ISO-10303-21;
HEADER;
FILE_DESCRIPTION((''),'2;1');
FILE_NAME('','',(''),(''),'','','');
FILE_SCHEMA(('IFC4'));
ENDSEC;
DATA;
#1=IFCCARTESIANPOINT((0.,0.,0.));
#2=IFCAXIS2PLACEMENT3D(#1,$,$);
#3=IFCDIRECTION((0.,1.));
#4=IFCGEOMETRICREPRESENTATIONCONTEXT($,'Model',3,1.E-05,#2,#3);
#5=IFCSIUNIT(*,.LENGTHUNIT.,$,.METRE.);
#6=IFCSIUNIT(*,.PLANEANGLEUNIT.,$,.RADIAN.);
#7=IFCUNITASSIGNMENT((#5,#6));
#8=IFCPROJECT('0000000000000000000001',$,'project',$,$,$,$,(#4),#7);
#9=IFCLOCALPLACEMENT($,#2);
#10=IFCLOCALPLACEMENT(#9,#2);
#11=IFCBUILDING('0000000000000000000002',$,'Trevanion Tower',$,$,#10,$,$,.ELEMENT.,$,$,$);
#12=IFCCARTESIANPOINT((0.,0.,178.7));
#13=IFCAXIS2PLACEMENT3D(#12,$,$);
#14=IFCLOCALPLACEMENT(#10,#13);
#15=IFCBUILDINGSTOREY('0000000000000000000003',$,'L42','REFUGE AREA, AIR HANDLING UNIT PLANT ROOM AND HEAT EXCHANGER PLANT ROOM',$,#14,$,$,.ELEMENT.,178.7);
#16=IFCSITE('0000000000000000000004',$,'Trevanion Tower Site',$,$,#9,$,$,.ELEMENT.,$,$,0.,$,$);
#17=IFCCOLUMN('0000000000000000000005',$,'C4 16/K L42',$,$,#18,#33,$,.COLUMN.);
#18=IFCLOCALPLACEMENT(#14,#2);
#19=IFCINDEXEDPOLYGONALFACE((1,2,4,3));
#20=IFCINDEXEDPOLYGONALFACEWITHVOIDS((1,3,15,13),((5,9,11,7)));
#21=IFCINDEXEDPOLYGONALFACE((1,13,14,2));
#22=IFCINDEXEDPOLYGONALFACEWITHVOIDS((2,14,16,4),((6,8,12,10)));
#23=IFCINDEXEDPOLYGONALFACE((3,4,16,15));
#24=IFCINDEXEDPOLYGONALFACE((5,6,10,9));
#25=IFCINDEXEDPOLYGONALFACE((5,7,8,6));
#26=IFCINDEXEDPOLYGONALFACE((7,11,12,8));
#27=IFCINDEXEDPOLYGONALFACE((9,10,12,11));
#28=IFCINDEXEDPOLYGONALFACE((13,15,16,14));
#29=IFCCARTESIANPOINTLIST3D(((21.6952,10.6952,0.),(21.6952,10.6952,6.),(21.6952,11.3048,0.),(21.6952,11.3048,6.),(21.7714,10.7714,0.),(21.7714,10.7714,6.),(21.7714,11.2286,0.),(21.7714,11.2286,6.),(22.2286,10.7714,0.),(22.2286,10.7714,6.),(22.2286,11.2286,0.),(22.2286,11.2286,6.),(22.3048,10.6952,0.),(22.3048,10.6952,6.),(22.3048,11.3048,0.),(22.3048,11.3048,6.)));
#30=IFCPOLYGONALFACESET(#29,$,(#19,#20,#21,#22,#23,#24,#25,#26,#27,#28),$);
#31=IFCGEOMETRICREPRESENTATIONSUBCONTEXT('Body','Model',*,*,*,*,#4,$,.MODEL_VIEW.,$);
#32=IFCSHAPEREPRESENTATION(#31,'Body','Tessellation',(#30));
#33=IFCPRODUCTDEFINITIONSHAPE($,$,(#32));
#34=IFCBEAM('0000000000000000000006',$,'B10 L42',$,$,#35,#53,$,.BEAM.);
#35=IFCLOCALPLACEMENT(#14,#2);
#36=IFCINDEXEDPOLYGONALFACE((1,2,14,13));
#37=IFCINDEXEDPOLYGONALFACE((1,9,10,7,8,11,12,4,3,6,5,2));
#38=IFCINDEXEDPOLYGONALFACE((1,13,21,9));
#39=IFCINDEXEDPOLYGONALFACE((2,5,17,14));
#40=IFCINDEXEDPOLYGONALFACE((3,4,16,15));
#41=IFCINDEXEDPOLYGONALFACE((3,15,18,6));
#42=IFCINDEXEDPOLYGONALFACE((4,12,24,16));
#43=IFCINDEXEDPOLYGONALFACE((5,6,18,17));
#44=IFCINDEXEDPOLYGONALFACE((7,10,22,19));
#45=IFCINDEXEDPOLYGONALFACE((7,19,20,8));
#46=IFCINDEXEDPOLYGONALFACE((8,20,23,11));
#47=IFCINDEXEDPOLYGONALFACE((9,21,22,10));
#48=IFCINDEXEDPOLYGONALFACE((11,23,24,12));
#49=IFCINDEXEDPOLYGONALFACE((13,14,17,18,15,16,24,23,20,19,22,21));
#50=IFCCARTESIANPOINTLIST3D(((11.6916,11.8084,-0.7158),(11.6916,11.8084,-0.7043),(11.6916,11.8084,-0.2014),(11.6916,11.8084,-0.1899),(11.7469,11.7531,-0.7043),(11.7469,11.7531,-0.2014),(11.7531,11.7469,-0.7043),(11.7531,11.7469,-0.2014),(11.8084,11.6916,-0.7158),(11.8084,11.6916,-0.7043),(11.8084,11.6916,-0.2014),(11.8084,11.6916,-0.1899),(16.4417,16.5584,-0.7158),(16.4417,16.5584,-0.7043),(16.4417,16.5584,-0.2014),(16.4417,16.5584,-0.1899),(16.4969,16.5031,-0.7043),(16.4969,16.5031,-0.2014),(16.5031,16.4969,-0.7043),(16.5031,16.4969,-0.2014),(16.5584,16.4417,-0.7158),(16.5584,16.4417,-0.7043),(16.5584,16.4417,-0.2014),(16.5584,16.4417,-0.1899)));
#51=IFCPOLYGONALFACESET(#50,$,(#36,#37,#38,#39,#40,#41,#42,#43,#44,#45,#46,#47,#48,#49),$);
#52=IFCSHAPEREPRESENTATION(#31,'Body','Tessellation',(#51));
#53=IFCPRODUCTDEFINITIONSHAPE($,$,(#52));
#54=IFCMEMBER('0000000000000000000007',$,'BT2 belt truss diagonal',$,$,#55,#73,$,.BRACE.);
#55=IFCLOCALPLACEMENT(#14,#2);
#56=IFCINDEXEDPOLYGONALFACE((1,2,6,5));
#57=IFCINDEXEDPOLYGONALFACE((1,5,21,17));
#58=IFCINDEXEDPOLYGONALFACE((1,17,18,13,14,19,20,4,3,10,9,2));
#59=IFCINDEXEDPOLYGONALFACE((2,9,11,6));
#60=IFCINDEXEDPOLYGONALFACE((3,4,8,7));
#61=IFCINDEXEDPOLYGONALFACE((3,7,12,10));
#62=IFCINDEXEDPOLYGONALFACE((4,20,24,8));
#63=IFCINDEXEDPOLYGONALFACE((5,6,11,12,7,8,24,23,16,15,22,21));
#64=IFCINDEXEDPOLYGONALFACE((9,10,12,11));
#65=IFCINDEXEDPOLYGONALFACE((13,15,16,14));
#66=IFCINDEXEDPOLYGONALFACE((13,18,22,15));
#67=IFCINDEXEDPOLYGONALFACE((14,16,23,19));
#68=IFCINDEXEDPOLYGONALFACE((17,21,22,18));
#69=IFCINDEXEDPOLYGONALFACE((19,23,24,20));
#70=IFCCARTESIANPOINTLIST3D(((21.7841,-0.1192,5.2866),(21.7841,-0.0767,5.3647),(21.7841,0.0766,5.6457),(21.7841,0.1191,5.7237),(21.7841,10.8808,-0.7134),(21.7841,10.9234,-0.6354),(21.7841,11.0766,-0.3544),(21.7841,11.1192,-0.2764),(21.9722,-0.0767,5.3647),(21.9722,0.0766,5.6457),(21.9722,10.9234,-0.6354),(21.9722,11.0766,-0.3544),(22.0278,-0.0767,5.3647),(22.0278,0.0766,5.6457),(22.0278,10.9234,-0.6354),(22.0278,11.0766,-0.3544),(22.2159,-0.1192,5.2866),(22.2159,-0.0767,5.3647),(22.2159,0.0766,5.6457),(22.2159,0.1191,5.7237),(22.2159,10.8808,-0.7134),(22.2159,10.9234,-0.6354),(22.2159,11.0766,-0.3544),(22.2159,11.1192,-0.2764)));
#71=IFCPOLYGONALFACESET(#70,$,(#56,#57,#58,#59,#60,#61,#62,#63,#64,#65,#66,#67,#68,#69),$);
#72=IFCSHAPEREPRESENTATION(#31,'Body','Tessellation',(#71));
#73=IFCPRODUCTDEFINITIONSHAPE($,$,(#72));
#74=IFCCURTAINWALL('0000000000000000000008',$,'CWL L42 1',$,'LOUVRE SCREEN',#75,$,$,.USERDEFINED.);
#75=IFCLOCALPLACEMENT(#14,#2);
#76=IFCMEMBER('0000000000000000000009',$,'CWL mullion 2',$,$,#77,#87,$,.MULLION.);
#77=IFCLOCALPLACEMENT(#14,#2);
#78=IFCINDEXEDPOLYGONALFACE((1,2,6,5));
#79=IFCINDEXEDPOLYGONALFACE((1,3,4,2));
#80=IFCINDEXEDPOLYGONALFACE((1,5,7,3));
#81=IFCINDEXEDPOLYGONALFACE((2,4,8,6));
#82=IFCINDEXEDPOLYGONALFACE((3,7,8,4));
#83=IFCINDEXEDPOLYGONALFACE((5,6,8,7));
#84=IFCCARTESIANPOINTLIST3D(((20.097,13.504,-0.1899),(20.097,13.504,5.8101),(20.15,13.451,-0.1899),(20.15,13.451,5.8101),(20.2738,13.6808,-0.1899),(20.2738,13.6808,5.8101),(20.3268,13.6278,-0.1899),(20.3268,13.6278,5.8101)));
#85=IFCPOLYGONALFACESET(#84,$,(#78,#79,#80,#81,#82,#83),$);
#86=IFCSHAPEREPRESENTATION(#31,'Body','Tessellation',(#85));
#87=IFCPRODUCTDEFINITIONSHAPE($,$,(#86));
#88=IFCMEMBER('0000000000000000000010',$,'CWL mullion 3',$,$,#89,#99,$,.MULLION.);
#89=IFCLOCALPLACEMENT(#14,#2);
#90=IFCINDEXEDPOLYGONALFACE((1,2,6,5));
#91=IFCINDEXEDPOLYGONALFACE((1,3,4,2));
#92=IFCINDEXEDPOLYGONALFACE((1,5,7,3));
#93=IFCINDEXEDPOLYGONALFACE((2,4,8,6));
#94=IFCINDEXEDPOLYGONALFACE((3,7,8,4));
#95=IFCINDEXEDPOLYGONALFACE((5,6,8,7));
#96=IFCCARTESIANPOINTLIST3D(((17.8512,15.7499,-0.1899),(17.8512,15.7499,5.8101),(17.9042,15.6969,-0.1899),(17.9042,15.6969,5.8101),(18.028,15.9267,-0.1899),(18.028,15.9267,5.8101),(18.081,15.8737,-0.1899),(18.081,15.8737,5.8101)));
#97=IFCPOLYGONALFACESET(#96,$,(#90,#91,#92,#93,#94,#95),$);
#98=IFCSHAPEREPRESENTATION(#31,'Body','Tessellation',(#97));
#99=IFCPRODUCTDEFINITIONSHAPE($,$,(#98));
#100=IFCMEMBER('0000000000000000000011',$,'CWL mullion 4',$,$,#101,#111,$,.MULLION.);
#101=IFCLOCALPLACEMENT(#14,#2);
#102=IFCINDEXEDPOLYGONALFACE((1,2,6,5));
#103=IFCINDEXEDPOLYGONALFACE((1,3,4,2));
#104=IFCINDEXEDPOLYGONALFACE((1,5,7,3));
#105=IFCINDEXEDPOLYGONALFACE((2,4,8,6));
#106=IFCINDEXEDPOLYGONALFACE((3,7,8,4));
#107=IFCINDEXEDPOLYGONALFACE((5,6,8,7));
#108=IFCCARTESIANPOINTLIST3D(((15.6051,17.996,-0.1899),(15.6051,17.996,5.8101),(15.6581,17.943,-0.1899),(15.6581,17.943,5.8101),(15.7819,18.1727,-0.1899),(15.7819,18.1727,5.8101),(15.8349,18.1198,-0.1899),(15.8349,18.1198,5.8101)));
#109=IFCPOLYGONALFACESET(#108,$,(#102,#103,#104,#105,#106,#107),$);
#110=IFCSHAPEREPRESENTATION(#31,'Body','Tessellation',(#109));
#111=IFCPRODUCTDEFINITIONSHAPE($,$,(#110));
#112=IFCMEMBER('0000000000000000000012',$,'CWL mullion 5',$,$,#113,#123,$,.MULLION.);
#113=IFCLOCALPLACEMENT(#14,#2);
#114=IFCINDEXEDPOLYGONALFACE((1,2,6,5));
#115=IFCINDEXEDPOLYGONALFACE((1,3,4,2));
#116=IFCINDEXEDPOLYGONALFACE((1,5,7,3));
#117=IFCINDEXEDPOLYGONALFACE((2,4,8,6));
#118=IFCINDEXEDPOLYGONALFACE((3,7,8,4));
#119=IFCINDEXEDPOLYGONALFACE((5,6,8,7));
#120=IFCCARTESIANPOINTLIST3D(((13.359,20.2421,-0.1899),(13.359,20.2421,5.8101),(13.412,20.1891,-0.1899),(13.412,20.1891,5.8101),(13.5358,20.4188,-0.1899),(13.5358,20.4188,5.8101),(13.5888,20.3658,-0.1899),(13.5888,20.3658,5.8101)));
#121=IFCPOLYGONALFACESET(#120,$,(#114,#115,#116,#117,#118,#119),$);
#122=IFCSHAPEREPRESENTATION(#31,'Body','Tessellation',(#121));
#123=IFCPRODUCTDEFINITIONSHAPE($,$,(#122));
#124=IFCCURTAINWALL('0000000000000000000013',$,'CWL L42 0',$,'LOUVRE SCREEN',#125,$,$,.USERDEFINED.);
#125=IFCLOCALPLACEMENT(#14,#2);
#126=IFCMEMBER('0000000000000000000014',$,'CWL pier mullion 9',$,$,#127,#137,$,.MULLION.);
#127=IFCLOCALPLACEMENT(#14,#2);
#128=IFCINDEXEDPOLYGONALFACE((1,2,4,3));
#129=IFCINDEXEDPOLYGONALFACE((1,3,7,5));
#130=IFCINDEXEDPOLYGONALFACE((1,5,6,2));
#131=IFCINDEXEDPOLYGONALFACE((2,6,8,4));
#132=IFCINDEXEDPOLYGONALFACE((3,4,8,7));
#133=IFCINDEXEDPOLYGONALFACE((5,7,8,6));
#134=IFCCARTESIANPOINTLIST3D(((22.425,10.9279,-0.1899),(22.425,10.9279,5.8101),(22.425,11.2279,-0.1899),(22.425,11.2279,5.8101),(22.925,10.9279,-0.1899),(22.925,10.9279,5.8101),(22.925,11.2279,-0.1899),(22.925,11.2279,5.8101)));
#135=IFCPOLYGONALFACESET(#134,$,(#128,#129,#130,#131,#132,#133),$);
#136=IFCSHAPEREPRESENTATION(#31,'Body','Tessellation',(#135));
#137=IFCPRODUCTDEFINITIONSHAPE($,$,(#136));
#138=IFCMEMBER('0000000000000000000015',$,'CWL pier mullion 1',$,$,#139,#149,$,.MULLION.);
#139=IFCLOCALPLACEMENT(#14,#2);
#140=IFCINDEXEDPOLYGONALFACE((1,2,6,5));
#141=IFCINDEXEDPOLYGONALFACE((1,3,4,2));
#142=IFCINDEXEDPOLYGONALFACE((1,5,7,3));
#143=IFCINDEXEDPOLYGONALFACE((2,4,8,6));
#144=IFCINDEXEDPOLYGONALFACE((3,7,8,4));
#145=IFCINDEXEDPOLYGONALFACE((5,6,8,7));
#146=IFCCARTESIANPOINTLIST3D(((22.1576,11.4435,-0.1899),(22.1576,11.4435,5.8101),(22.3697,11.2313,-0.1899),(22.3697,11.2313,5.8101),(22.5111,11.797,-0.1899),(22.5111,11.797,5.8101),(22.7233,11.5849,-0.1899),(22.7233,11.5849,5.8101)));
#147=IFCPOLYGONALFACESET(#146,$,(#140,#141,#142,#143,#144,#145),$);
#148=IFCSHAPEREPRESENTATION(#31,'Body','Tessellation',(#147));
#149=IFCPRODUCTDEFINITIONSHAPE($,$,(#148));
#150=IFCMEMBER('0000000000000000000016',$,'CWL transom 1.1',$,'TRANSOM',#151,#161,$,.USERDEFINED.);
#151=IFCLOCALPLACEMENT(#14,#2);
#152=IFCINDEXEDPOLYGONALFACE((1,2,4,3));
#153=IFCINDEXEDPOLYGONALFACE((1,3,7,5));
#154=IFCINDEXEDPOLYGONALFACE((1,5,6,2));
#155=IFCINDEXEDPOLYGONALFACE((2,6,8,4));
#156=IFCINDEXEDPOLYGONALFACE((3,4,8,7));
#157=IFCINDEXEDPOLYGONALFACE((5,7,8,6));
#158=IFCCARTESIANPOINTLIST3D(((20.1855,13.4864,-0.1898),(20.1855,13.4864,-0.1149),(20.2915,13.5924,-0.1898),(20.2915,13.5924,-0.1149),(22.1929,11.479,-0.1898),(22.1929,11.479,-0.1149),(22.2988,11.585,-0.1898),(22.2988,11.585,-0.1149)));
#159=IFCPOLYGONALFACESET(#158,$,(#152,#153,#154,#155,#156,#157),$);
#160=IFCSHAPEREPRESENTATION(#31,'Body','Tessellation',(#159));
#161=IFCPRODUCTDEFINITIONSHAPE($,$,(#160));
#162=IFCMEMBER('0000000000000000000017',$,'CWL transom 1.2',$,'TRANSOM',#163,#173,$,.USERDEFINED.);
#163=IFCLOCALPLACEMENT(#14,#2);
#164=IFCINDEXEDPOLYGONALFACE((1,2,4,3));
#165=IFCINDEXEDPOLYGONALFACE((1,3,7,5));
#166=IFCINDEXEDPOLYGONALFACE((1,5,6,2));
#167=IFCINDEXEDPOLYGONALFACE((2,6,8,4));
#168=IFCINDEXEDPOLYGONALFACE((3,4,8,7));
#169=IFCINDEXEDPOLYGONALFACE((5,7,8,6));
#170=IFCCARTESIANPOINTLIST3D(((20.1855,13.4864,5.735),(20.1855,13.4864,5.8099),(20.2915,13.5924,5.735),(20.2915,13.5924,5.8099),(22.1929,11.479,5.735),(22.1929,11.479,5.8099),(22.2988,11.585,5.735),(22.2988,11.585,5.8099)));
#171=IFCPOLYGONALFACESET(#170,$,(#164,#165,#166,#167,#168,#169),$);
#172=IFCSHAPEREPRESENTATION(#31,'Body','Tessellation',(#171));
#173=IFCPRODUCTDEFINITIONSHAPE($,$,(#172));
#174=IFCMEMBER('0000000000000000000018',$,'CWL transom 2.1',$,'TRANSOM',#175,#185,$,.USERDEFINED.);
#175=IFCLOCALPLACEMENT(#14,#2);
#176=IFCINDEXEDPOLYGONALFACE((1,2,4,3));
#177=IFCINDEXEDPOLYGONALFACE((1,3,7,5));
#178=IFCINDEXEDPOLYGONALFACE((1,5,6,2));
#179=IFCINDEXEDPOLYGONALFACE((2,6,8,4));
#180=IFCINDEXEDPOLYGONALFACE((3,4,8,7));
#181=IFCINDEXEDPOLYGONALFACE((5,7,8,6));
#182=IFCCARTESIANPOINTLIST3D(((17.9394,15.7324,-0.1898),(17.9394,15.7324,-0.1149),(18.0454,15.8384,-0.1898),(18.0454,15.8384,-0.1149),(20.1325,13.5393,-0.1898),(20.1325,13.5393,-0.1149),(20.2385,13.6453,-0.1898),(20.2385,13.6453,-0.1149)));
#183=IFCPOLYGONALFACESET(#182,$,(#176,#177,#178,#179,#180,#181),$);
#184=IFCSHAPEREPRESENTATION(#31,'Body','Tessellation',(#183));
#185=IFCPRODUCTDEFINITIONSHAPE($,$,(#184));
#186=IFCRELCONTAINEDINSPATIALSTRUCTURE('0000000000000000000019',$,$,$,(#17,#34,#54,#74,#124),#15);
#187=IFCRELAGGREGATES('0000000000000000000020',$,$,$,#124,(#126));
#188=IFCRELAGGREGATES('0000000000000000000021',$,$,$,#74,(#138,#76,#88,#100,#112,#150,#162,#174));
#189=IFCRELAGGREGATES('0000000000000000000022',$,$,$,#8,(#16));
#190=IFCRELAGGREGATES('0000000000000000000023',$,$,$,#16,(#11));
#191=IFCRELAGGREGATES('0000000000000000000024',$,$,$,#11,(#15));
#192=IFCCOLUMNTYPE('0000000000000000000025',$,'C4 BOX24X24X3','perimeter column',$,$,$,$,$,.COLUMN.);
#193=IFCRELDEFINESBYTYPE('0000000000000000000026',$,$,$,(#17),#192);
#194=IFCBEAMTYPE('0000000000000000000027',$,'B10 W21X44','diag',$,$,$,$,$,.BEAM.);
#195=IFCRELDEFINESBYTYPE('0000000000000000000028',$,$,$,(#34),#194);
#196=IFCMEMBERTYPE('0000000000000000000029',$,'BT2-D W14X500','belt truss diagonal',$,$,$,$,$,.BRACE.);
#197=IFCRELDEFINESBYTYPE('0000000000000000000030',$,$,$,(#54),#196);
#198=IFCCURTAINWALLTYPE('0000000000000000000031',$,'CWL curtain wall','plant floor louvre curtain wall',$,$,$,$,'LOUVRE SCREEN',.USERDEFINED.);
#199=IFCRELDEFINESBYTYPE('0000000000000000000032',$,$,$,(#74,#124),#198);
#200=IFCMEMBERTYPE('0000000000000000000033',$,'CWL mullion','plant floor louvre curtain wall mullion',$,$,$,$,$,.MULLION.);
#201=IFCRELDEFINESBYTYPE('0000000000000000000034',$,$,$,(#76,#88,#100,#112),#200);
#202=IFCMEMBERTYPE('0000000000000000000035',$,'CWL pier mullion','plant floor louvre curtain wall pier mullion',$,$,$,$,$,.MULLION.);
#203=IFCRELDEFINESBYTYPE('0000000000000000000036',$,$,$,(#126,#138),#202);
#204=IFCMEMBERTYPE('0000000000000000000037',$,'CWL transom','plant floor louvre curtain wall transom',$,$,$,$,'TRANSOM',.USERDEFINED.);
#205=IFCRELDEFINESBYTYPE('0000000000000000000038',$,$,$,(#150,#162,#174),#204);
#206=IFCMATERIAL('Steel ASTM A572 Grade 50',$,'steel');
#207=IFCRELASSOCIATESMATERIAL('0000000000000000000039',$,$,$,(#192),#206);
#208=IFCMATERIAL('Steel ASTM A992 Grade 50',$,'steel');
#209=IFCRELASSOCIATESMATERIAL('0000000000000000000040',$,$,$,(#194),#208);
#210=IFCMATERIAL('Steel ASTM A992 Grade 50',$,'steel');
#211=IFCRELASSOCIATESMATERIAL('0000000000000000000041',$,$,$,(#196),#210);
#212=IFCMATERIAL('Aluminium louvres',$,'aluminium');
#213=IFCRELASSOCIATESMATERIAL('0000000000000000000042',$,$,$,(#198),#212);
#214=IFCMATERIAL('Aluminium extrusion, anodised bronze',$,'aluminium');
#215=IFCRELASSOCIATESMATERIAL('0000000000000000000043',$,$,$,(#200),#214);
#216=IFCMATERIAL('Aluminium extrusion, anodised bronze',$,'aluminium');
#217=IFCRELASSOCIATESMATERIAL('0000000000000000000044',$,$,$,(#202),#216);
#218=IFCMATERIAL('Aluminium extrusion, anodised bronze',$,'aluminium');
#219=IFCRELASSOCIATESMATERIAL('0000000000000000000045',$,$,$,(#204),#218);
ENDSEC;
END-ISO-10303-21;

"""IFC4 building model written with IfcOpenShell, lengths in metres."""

from ifc_helpers import new_model, si_unit, direction, frame, origin, origin_2d, place, context, subcontext, project, spatial, rectangle, hollow_rectangle, i_section, extrude, material, material_profile, profile_set, type_object, element, aggregate, save


model = new_model("IFC4")

# Units and contexts
model_context = context("Model", 3, precision=1e-05, world=origin(), true_north=direction((0.0, 1.0)))
body_context = subcontext(model_context, "Body", "Model", "MODEL_VIEW")
ifc_project = project(units=[si_unit("LENGTHUNIT", "METRE"), si_unit("PLANEANGLEUNIT", "RADIAN")], contexts=[model_context])

# Site, building, storey
site_placement = place(None, origin())
site = spatial("IfcSite", under=ifc_project, at=site_placement, Name="Trevanion Tower Site", CompositionType="ELEMENT", RefElevation=0.0)
building_placement = place(site_placement, origin())
building = spatial("IfcBuilding", under=site, at=building_placement, Name="Trevanion Tower", CompositionType="ELEMENT")
storey_placement = place(building_placement, frame((0.0, 0.0, 178.7)))
storey = spatial("IfcBuildingStorey", under=building, at=storey_placement, Name="L42", Description="REFUGE AREA, AIR HANDLING UNIT PLANT ROOM AND HEAT EXCHANGER PLANT ROOM", CompositionType="ELEMENT", Elevation=178.7)

# Column
ifc_material_1 = material(Name="Steel ASTM A572 Grade 50", Category="steel")
ifc_material_profile_1 = material_profile(ifc_material_1, hollow_rectangle(XDim=0.6096, YDim=0.6096, WallThickness=0.0762, at=origin_2d()), Name="BOX24X24X3")
ifc_profile_set_1 = profile_set([ifc_material_profile_1], Name="Steel ASTM A572 Grade 50")
column_type = type_object("IfcColumnType", Name="C4 BOX24X24X3", Description="perimeter column", PredefinedType="COLUMN", material=ifc_profile_set_1)
column_placement = place(storey_placement, frame((22.0, 11.0, 0.0), z_axis=(0.0, 0.0, 1.0), x_axis=(0.0, 1.0, 0.0)))
element("IfcColumn", 1, at=column_placement, inside=storey, type_object=column_type, Name="C4 16/K L42", PredefinedType="COLUMN", context=body_context, shape_type="SweptSolid", body=[
    extrude(hollow_rectangle(XDim=0.6096, YDim=0.6096, WallThickness=0.0762, at=origin_2d()), origin(), (0.0, 0.0, 1.0), 6.0),
])

# Beam
ifc_material_2 = material(Name="Steel ASTM A992 Grade 50", Category="steel")
ifc_material_profile_2 = material_profile(ifc_material_2, i_section(OverallWidth=0.165, OverallDepth=0.5259, WebThickness=0.0088, FlangeThickness=0.0115, at=origin_2d()), Name="W21X44")
ifc_profile_set_2 = profile_set([ifc_material_profile_2], Name="Steel ASTM A992 Grade 50")
beam_type_1 = type_object("IfcBeamType", Name="B10 W21X44", Description="diag", PredefinedType="BEAM", material=ifc_profile_set_2)
beam_1_placement = place(storey_placement, frame((11.75, 11.75, -0.4529), z_axis=(0.707107, 0.707107, 0.0), x_axis=(-0.707107, 0.707107, 0.0)))
element("IfcBeam", 2, at=beam_1_placement, inside=storey, type_object=beam_type_1, Name="B10 L42", PredefinedType="BEAM", context=body_context, shape_type="SweptSolid", body=[
    extrude(i_section(OverallWidth=0.165, OverallDepth=0.5259, WebThickness=0.0088, FlangeThickness=0.0115, at=origin_2d()), origin(), (0.0, 0.0, 1.0), 6.7175),
])

# Member
ifc_material_3 = material(Name="Steel ASTM A992 Grade 50", Category="steel")
ifc_material_profile_3 = material_profile(ifc_material_3, i_section(OverallWidth=0.4319, OverallDepth=0.4978, WebThickness=0.0557, FlangeThickness=0.0889, at=origin_2d()), Name="W14X500")
ifc_profile_set_3 = profile_set([ifc_material_profile_3], Name="Steel ASTM A992 Grade 50")
member_type_1 = type_object("IfcMemberType", Name="BT2-D W14X500", Description="belt truss diagonal", PredefinedType="BRACE", material=ifc_profile_set_3)
member_1_placement = place(storey_placement, frame((22.0, 11.0, -0.4949), z_axis=(0.0, -0.877896, 0.478852), x_axis=(1.0, 0.0, 0.0)))
element("IfcMember", 3, at=member_1_placement, inside=storey, type_object=member_type_1, Name="BT2 belt truss diagonal", PredefinedType="BRACE", context=body_context, shape_type="SweptSolid", body=[
    extrude(i_section(OverallWidth=0.4319, OverallDepth=0.4978, WebThickness=0.0557, FlangeThickness=0.0889, at=origin_2d()), origin(), (0.0, 0.0, 1.0), 12.53),
])

# Curtain wall, members
ifc_material_4 = material(Name="Aluminium louvres", Category="aluminium")
curtain_wall_type = type_object("IfcCurtainWallType", Name="CWL curtain wall", Description="plant floor louvre curtain wall", ElementType="LOUVRE SCREEN", PredefinedType="USERDEFINED", material=ifc_material_4)
curtain_wall_1_placement = place(storey_placement, origin())
curtain_wall_1 = element("IfcCurtainWall", 4, at=curtain_wall_1_placement, inside=storey, type_object=curtain_wall_type, Name="CWL L42 1", ObjectType="LOUVRE SCREEN", PredefinedType="USERDEFINED")
ifc_material_5 = material(Name="Aluminium extrusion, anodised bronze", Category="aluminium")
ifc_material_profile_4 = material_profile(ifc_material_5, rectangle(XDim=0.075, YDim=0.25, at=origin_2d()), Name="CWL mullion")
ifc_profile_set_4 = profile_set([ifc_material_profile_4], Name="Aluminium extrusion, anodised bronze")
member_type_2 = type_object("IfcMemberType", Name="CWL mullion", Description="plant floor louvre curtain wall mullion", PredefinedType="MULLION", material=ifc_profile_set_4)
member_2_placement = place(storey_placement, frame((20.2119, 13.5659, -0.1899), z_axis=(0.0, 0.0, 1.0), x_axis=(-0.707107, 0.707107, 0.0)))
member_2 = element("IfcMember", 5, at=member_2_placement, type_object=member_type_2, Name="CWL mullion 2", PredefinedType="MULLION", context=body_context, shape_type="SweptSolid", body=[
    extrude(rectangle(XDim=0.075, YDim=0.25, at=origin_2d()), origin(), (0.0, 0.0, 1.0), 6.0),
])
member_3_placement = place(storey_placement, frame((17.9661, 15.8118, -0.1899), z_axis=(0.0, 0.0, 1.0), x_axis=(-0.707107, 0.707107, 0.0)))
member_3 = element("IfcMember", 6, at=member_3_placement, type_object=member_type_2, Name="CWL mullion 3", PredefinedType="MULLION", context=body_context, shape_type="SweptSolid", body=[
    extrude(rectangle(XDim=0.075, YDim=0.25, at=origin_2d()), origin(), (0.0, 0.0, 1.0), 6.0),
])
member_4_placement = place(storey_placement, frame((15.72, 18.0579, -0.1899), z_axis=(0.0, 0.0, 1.0), x_axis=(-0.707107, 0.707107, 0.0)))
member_4 = element("IfcMember", 7, at=member_4_placement, type_object=member_type_2, Name="CWL mullion 4", PredefinedType="MULLION", context=body_context, shape_type="SweptSolid", body=[
    extrude(rectangle(XDim=0.075, YDim=0.25, at=origin_2d()), origin(), (0.0, 0.0, 1.0), 6.0),
])
member_5_placement = place(storey_placement, frame((13.4739, 20.304, -0.1899), z_axis=(0.0, 0.0, 1.0), x_axis=(-0.707107, 0.707107, 0.0)))
member_5 = element("IfcMember", 8, at=member_5_placement, type_object=member_type_2, Name="CWL mullion 5", PredefinedType="MULLION", context=body_context, shape_type="SweptSolid", body=[
    extrude(rectangle(XDim=0.075, YDim=0.25, at=origin_2d()), origin(), (0.0, 0.0, 1.0), 6.0),
])

# Curtain wall, member
curtain_wall_2_placement = place(storey_placement, origin())
curtain_wall_2 = element("IfcCurtainWall", 9, at=curtain_wall_2_placement, inside=storey, type_object=curtain_wall_type, Name="CWL L42 0", ObjectType="LOUVRE SCREEN", PredefinedType="USERDEFINED")
ifc_material_6 = material(Name="Aluminium extrusion, anodised bronze", Category="aluminium")
ifc_material_profile_5 = material_profile(ifc_material_6, rectangle(XDim=0.3, YDim=0.5, at=origin_2d()), Name="CWL pier mullion")
ifc_profile_set_5 = profile_set([ifc_material_profile_5], Name="Aluminium extrusion, anodised bronze")
member_type_3 = type_object("IfcMemberType", Name="CWL pier mullion", Description="plant floor louvre curtain wall pier mullion", PredefinedType="MULLION", material=ifc_profile_set_5)
member_6_placement = place(storey_placement, frame((22.675, 11.0779, -0.1899), z_axis=(0.0, 0.0, 1.0), x_axis=(0.0, 1.0, 0.0)))
member_6 = element("IfcMember", 10, at=member_6_placement, type_object=member_type_3, Name="CWL pier mullion 9", PredefinedType="MULLION", context=body_context, shape_type="SweptSolid", body=[
    extrude(rectangle(XDim=0.3, YDim=0.5, at=origin_2d()), origin(), (0.0, 0.0, 1.0), 6.0),
])
aggregate(curtain_wall_2, [member_6])

# Members
member_7_placement = place(storey_placement, frame((22.4404, 11.5142, -0.1899), z_axis=(0.0, 0.0, 1.0), x_axis=(-0.707107, 0.707107, 0.0)))
member_7 = element("IfcMember", 11, at=member_7_placement, type_object=member_type_3, Name="CWL pier mullion 1", PredefinedType="MULLION", context=body_context, shape_type="SweptSolid", body=[
    extrude(rectangle(XDim=0.3, YDim=0.5, at=origin_2d()), origin(), (0.0, 0.0, 1.0), 6.0),
])
ifc_material_7 = material(Name="Aluminium extrusion, anodised bronze", Category="aluminium")
ifc_material_profile_6 = material_profile(ifc_material_7, rectangle(XDim=0.1499, YDim=0.075, at=origin_2d()), Name="CWL transom")
ifc_profile_set_6 = profile_set([ifc_material_profile_6], Name="Aluminium extrusion, anodised bronze")
member_type_4 = type_object("IfcMemberType", Name="CWL transom", Description="plant floor louvre curtain wall transom", ElementType="TRANSOM", PredefinedType="USERDEFINED", material=ifc_profile_set_6)
member_8_placement = place(storey_placement, frame((22.2458, 11.532, -0.1523), z_axis=(-0.707107, 0.707107, 0.0), x_axis=(-0.707107, -0.707107, 0.0)))
member_8 = element("IfcMember", 12, at=member_8_placement, type_object=member_type_4, Name="CWL transom 1.1", ObjectType="TRANSOM", PredefinedType="USERDEFINED", context=body_context, shape_type="SweptSolid", body=[
    extrude(rectangle(XDim=0.1499, YDim=0.075, at=origin_2d()), origin(), (0.0, 0.0, 1.0), 2.8389),
])
member_9_placement = place(storey_placement, frame((22.2458, 11.532, 5.7725), z_axis=(-0.707107, 0.707107, 0.0), x_axis=(-0.707107, -0.707107, 0.0)))
member_9 = element("IfcMember", 13, at=member_9_placement, type_object=member_type_4, Name="CWL transom 1.2", ObjectType="TRANSOM", PredefinedType="USERDEFINED", context=body_context, shape_type="SweptSolid", body=[
    extrude(rectangle(XDim=0.1499, YDim=0.075, at=origin_2d()), origin(), (0.0, 0.0, 1.0), 2.8389),
])
member_10_placement = place(storey_placement, frame((20.1855, 13.5923, -0.1523), z_axis=(-0.707107, 0.707107, 0.0), x_axis=(-0.707107, -0.707107, 0.0)))
member_10 = element("IfcMember", 14, at=member_10_placement, type_object=member_type_4, Name="CWL transom 2.1", ObjectType="TRANSOM", PredefinedType="USERDEFINED", context=body_context, shape_type="SweptSolid", body=[
    extrude(rectangle(XDim=0.1499, YDim=0.075, at=origin_2d()), origin(), (0.0, 0.0, 1.0), 3.1016),
])

aggregate(curtain_wall_1, [member_7, member_2, member_3, member_4, member_5, member_8, member_9, member_10])

save(model, "model.ifc")
